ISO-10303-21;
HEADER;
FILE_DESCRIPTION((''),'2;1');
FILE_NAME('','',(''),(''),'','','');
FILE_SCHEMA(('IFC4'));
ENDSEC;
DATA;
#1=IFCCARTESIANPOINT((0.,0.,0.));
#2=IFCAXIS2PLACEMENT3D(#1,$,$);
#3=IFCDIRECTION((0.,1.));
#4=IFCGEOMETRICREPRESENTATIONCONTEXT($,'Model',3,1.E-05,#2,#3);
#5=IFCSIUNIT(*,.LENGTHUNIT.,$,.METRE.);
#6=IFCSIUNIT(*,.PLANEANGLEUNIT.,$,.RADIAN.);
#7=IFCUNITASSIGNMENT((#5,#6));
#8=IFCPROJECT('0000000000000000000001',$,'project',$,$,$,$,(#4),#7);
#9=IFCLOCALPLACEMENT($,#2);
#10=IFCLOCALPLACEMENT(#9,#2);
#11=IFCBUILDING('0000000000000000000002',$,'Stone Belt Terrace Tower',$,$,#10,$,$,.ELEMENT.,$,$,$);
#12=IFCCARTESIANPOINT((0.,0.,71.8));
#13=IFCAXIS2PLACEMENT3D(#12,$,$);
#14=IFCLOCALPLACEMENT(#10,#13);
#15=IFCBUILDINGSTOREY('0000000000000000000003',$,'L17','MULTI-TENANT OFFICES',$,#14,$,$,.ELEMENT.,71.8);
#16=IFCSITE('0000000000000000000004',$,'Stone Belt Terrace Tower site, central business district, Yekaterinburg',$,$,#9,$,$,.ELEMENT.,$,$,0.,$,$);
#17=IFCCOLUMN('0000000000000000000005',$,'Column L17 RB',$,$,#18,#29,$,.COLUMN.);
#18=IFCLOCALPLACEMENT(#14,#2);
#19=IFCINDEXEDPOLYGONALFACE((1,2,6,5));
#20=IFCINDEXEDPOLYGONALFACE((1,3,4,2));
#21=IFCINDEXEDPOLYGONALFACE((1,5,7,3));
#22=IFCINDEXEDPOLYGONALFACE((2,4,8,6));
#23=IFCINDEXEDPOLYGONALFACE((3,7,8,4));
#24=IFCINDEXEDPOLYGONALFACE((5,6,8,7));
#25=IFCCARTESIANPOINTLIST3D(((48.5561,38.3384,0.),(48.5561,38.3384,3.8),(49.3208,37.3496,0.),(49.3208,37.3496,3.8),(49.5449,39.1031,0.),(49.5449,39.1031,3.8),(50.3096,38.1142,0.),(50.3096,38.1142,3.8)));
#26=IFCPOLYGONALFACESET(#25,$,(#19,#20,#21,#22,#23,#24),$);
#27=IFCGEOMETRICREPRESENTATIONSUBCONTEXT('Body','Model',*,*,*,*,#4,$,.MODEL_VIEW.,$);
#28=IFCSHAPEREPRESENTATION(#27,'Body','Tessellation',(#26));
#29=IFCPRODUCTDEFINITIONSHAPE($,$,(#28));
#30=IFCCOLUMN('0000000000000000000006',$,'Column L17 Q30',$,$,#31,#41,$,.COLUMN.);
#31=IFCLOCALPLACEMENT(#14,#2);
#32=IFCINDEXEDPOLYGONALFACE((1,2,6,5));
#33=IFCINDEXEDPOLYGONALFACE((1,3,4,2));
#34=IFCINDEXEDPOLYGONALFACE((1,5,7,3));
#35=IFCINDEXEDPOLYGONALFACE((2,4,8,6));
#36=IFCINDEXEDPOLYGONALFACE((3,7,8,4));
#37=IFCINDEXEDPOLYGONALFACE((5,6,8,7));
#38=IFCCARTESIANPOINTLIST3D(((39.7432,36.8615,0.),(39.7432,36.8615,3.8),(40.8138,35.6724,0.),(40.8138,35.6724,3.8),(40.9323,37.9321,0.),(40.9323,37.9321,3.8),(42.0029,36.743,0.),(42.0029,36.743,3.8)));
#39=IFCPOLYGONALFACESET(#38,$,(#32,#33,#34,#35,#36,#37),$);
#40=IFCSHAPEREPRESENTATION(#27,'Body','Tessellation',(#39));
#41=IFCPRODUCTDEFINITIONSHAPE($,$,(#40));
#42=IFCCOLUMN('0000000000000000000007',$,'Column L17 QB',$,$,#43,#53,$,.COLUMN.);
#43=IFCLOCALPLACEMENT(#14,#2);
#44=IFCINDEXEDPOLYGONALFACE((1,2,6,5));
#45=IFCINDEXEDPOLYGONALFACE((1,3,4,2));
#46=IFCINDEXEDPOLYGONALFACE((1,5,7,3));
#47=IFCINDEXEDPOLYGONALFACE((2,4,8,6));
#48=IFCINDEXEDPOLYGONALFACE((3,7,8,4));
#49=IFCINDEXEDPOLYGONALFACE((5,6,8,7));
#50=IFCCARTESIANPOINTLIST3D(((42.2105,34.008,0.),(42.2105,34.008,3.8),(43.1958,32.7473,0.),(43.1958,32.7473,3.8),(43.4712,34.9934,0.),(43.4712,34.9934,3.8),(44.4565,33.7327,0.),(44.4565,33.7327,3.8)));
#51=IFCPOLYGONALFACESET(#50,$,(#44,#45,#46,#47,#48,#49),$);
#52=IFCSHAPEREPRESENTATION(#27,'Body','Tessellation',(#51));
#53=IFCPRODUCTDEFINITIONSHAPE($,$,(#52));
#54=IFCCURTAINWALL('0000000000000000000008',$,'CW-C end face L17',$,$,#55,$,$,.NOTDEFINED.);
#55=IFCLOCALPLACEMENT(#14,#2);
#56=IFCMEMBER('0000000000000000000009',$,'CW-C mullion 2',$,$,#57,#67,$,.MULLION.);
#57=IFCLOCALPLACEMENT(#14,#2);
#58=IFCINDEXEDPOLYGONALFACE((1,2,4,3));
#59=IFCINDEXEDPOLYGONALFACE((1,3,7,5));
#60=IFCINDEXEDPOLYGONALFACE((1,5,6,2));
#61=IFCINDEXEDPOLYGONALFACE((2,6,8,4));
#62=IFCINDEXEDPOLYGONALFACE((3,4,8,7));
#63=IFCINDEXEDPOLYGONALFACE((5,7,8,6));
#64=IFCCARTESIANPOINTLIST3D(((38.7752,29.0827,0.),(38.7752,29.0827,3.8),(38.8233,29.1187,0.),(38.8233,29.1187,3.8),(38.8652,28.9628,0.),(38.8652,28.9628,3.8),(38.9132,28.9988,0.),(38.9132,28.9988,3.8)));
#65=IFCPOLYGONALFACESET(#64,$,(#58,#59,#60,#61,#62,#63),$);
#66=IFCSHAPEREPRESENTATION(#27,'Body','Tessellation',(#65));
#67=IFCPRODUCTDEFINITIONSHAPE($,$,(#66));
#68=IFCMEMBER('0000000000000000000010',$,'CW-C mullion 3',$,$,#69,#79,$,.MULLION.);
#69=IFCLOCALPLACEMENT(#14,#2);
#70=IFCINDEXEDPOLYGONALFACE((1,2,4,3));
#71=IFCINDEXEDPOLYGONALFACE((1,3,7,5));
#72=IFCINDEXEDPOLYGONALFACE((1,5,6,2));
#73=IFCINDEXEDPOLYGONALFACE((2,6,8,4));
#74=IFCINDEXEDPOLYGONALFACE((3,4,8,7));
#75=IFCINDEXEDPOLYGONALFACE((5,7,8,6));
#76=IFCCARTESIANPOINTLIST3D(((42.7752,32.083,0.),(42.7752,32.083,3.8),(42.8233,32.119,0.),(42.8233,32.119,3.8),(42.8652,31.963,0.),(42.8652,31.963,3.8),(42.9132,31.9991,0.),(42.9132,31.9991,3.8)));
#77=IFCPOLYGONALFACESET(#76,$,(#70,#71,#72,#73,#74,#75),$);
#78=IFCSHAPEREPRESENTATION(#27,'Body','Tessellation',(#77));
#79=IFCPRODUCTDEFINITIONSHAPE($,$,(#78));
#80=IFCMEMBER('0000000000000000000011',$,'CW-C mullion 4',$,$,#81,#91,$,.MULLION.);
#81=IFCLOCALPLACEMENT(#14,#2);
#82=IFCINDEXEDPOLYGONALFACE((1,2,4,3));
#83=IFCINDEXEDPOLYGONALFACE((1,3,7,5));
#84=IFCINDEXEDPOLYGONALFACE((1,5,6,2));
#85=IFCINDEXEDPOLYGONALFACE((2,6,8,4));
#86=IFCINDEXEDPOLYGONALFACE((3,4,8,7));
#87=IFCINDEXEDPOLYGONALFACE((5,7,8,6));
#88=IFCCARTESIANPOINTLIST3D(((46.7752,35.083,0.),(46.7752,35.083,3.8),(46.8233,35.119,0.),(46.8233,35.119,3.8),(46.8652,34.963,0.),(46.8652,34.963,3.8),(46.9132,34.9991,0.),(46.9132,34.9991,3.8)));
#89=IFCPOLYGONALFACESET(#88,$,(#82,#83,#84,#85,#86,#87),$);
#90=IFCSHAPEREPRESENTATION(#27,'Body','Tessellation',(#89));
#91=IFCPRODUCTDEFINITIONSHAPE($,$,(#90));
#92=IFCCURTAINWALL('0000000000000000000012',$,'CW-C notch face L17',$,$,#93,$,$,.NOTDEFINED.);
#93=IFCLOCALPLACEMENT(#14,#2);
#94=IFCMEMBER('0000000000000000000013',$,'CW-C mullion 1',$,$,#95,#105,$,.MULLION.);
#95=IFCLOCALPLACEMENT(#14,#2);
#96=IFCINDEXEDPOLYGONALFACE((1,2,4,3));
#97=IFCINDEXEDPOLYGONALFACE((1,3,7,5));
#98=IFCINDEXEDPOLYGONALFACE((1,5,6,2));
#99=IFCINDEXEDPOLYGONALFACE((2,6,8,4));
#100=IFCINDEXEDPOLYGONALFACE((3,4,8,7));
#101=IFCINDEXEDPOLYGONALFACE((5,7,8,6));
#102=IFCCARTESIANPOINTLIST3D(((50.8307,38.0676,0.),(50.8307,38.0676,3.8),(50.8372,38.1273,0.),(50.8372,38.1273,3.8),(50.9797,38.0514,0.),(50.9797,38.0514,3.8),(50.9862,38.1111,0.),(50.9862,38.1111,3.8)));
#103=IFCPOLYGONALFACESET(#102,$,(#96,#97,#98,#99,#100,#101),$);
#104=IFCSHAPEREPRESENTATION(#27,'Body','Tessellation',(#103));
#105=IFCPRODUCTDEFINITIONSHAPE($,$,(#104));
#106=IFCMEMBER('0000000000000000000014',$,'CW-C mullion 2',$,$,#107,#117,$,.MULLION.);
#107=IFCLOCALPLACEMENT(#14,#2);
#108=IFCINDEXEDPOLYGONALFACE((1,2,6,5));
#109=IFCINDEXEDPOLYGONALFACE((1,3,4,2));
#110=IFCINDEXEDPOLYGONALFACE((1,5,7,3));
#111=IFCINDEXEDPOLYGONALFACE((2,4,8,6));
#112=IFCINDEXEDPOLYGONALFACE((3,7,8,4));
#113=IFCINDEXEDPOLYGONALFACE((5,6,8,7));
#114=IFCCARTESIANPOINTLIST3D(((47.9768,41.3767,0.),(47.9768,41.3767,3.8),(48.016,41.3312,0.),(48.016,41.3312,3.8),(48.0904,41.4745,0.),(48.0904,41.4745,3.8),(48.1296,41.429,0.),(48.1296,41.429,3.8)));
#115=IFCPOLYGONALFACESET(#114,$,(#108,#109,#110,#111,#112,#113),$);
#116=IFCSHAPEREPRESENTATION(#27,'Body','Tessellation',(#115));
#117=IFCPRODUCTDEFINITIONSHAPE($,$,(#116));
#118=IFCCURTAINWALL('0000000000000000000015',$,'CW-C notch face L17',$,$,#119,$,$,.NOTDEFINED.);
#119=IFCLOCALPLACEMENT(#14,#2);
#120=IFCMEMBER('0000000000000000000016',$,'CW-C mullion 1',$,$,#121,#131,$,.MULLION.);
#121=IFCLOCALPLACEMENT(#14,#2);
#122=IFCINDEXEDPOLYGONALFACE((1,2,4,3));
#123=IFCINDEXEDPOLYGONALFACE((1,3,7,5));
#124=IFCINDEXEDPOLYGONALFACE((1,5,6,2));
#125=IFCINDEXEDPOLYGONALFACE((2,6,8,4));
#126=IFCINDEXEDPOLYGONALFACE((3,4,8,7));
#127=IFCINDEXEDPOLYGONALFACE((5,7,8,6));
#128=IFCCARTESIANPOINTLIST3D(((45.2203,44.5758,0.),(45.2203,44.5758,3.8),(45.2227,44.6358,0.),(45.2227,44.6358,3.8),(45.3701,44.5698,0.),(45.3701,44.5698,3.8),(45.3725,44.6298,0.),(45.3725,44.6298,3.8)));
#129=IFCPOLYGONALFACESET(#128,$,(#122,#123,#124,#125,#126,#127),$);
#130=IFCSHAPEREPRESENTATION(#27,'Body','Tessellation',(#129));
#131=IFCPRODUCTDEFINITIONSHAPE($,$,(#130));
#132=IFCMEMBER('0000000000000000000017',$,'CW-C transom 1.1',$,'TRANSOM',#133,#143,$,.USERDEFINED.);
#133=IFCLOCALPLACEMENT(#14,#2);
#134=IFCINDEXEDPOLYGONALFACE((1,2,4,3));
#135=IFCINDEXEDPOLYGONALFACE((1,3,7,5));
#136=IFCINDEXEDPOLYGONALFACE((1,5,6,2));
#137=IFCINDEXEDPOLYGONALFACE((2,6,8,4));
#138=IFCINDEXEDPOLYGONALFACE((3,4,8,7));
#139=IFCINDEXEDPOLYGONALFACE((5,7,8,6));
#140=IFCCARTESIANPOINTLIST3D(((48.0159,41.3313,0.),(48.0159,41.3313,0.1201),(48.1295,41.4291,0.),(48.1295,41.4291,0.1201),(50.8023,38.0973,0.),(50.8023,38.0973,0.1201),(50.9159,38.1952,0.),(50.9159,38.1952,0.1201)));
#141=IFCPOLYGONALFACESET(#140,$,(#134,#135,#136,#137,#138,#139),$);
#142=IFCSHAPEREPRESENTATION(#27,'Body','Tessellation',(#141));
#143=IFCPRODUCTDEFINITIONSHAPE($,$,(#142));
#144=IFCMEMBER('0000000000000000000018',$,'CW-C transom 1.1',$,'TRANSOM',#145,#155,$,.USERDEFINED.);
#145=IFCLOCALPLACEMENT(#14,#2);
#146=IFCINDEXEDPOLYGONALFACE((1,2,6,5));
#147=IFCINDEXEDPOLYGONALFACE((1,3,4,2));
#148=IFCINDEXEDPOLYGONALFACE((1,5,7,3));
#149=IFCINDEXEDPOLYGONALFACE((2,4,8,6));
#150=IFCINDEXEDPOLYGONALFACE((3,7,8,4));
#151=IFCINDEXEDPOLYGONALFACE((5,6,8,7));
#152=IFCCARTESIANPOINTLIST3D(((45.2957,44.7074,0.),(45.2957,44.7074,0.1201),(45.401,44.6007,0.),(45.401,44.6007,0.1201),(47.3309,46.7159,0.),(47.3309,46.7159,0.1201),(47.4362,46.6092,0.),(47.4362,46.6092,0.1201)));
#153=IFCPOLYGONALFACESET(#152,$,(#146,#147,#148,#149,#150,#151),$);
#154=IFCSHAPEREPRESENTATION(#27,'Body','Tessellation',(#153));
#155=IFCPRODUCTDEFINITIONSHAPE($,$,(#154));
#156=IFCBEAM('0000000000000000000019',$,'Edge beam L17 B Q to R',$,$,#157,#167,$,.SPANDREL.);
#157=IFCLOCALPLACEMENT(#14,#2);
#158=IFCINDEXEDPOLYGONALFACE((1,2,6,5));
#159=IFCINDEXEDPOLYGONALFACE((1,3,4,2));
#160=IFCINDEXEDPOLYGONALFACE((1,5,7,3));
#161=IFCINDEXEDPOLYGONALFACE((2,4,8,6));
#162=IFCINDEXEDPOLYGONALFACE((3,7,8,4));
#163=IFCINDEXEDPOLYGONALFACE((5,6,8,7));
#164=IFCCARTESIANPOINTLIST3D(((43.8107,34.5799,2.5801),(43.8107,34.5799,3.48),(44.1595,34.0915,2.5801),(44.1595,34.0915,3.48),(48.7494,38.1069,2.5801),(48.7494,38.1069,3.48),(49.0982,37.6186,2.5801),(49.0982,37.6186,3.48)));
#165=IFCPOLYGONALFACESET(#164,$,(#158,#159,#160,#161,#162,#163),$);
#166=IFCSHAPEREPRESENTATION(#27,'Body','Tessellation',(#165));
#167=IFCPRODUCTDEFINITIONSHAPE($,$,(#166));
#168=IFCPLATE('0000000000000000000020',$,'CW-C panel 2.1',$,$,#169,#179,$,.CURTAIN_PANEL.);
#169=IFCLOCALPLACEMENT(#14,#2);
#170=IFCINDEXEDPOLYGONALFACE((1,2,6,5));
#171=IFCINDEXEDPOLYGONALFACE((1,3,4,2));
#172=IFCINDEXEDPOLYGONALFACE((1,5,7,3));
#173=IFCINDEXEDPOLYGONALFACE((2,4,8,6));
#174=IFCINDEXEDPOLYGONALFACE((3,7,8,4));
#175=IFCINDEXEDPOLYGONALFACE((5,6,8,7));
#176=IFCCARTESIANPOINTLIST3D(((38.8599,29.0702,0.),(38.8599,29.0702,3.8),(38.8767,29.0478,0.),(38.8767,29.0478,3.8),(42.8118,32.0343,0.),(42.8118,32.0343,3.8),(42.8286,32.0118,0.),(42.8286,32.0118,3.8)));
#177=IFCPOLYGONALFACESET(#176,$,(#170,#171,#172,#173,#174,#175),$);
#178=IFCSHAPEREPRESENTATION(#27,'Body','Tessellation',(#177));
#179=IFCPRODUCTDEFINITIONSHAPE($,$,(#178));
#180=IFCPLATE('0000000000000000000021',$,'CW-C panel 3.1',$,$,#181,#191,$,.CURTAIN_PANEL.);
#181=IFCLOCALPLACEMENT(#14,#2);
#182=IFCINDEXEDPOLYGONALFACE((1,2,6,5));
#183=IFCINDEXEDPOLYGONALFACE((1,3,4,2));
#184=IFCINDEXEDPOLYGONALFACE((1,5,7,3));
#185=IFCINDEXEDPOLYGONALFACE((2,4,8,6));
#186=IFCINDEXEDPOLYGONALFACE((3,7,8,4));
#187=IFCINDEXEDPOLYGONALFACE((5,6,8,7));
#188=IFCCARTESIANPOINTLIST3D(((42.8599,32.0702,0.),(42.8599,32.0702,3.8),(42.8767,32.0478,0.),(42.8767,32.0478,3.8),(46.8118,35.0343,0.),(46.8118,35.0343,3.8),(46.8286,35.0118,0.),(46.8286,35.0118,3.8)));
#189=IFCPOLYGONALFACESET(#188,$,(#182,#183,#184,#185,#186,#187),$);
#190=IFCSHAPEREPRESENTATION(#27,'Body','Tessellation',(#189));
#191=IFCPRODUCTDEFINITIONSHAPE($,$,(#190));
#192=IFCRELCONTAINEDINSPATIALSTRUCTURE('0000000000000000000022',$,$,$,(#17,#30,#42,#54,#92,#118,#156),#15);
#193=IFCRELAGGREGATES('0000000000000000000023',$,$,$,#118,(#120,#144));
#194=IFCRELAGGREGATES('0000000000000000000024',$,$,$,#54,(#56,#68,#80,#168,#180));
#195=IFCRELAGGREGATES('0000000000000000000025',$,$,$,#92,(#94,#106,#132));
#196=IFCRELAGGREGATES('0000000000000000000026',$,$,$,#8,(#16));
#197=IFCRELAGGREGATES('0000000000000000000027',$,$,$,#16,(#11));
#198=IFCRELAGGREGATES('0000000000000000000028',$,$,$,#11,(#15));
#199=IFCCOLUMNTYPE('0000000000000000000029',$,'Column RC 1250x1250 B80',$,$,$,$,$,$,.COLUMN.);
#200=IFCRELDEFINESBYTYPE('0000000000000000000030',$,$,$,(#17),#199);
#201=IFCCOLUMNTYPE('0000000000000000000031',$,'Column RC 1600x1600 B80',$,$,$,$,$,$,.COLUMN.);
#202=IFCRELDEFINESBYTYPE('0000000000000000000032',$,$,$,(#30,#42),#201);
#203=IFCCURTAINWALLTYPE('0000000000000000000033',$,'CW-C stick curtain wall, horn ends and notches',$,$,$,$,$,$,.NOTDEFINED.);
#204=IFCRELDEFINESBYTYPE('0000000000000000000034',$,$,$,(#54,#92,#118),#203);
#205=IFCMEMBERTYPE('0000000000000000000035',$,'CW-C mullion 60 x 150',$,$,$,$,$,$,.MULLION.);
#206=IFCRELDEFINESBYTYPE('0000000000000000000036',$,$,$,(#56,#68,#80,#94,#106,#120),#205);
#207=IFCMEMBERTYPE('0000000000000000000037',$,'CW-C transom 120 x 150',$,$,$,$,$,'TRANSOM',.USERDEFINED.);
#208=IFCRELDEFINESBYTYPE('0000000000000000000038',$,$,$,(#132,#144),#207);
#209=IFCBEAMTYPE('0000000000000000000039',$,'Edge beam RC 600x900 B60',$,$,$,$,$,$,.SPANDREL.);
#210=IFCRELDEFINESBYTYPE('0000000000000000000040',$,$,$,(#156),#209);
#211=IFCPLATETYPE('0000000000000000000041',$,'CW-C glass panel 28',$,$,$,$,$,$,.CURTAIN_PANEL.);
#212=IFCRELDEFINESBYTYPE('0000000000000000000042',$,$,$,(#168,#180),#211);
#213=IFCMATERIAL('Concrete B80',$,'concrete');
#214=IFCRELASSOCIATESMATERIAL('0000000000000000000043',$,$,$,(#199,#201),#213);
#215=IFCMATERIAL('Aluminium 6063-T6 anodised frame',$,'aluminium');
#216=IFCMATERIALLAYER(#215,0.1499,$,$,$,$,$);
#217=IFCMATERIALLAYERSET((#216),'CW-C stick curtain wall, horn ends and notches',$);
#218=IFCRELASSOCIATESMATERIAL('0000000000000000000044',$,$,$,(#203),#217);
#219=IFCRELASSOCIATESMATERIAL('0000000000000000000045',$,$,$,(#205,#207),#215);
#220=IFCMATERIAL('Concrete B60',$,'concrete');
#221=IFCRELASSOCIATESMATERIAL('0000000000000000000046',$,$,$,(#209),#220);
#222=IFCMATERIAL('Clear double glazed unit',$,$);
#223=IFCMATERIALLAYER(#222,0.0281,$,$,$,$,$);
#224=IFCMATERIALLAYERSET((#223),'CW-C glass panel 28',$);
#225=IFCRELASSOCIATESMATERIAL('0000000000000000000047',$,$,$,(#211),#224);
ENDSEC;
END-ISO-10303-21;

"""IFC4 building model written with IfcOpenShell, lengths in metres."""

from ifc_helpers import new_model, si_unit, direction, frame, origin, origin_2d, place, context, subcontext, project, spatial, rectangle, extrude, material, layer, layer_set, material_profile, profile_set, type_object, element, aggregate, save


model = new_model("IFC4")

# Units and contexts
model_context = context("Model", 3, precision=1e-05, world=origin(), true_north=direction((0.0, 1.0)))
body_context = subcontext(model_context, "Body", "Model", "MODEL_VIEW")
ifc_project = project(units=[si_unit("LENGTHUNIT", "METRE"), si_unit("PLANEANGLEUNIT", "RADIAN")], contexts=[model_context])

# Site, building, storey
site_placement = place(None, origin())
site = spatial("IfcSite", under=ifc_project, at=site_placement, Name="Stone Belt Terrace Tower site, central business district, Yekaterinburg", CompositionType="ELEMENT", RefElevation=0.0)
building_placement = place(site_placement, origin())
building = spatial("IfcBuilding", under=site, at=building_placement, Name="Stone Belt Terrace Tower", CompositionType="ELEMENT")
storey_placement = place(building_placement, frame((0.0, 0.0, 71.8)))
storey = spatial("IfcBuildingStorey", under=building, at=storey_placement, Name="L17", Description="MULTI-TENANT OFFICES", CompositionType="ELEMENT", Elevation=71.8)

# Columns
ifc_material_1 = material(Name="Concrete B80", Category="concrete")
ifc_material_profile_1 = material_profile(ifc_material_1, rectangle(XDim=1.25, YDim=1.25, at=origin_2d()), Name="RC 1250x1250")
ifc_profile_set_1 = profile_set([ifc_material_profile_1], Name="Concrete B80")
column_type_1 = type_object("IfcColumnType", Name="Column RC 1250x1250 B80", PredefinedType="COLUMN", material=ifc_profile_set_1)
column_placement = place(storey_placement, frame((49.4329, 38.2263, 0.0), z_axis=(0.0, 0.0, 1.0), x_axis=(0.61173, -0.791067, 0.0)))
element("IfcColumn", 1, at=column_placement, inside=storey, type_object=column_type_1, Name="Column L17 RB", PredefinedType="COLUMN", context=body_context, shape_type="SweptSolid", body=[
    extrude(rectangle(XDim=1.25, YDim=1.25, at=origin_2d()), origin(), (0.0, 0.0, 1.0), 3.8),
])
ifc_material_profile_2 = material_profile(ifc_material_1, rectangle(XDim=1.6001, YDim=1.6001, at=origin_2d()), Name="RC 1600x1600")
ifc_profile_set_2 = profile_set([ifc_material_profile_2], Name="Concrete B80")
column_type_2 = type_object("IfcColumnType", Name="Column RC 1600x1600 B80", PredefinedType="COLUMN", material=ifc_profile_set_2)
for number, where, z_axis, x_axis, name in (
    (2, (40.873, 36.8022, 0.0), (0.0, 0.0, 1.0), (0.669131, -0.743145, 0.0), "Column L17 Q30"),
    (3, (43.3335, 33.8704, 0.0), (0.0, 0.0, 1.0), (0.615825, -0.787883, 0.0), "Column L17 QB"),
):
    element("IfcColumn", number, at=place(storey_placement, frame(where, z_axis=z_axis, x_axis=x_axis)), inside=storey, type_object=column_type_2, Name=name, PredefinedType="COLUMN", context=body_context, shape_type="SweptSolid", body=[
        extrude(rectangle(XDim=1.6001, YDim=1.6001, at=origin_2d()), origin(), (0.0, 0.0, 1.0), 3.8),
    ])

# Curtain walls, members
ifc_material_2 = material(Name="Aluminium 6063-T6 anodised frame", Category="aluminium")
ifc_layer_1 = layer(ifc_material_2, 0.1499)
ifc_layer_set_1 = layer_set([ifc_layer_1], Name="CW-C stick curtain wall, horn ends and notches")
curtain_wall_type = type_object("IfcCurtainWallType", Name="CW-C stick curtain wall, horn ends and notches", PredefinedType="NOTDEFINED", material=ifc_layer_set_1)
curtain_wall_1_placement = place(storey_placement, origin())
curtain_wall_1 = element("IfcCurtainWall", 4, at=curtain_wall_1_placement, inside=storey, type_object=curtain_wall_type, Name="CW-C end face L17", PredefinedType="NOTDEFINED")
ifc_material_profile_3 = material_profile(ifc_material_2, rectangle(XDim=0.1499, YDim=0.0601, at=origin_2d()), Name="Aluminium 6063-T6 60x150")
ifc_profile_set_3 = profile_set([ifc_material_profile_3], Name="Aluminium 6063-T6 anodised frame")
member_type_1 = type_object("IfcMemberType", Name="CW-C mullion 60 x 150", PredefinedType="MULLION", material=ifc_profile_set_3)
member_1_placement = place(storey_placement, frame((38.8442, 29.0408, 0.0), z_axis=(0.0, 0.0, 1.0), x_axis=(-0.600018, 0.799987, 0.0)))
member_1 = element("IfcMember", 5, at=member_1_placement, type_object=member_type_1, Name="CW-C mullion 2", PredefinedType="MULLION", context=body_context, shape_type="SweptSolid", body=[
    extrude(rectangle(XDim=0.1499, YDim=0.0601, at=origin_2d()), origin(), (0.0, 0.0, 1.0), 3.8),
])
member_2_placement = place(storey_placement, frame((42.8442, 32.041, 0.0), z_axis=(0.0, 0.0, 1.0), x_axis=(-0.600018, 0.799987, 0.0)))
member_2 = element("IfcMember", 6, at=member_2_placement, type_object=member_type_1, Name="CW-C mullion 3", PredefinedType="MULLION", context=body_context, shape_type="SweptSolid", body=[
    extrude(rectangle(XDim=0.1499, YDim=0.0601, at=origin_2d()), origin(), (0.0, 0.0, 1.0), 3.8),
])
member_3_placement = place(storey_placement, frame((46.8442, 35.041, 0.0), z_axis=(0.0, 0.0, 1.0), x_axis=(-0.600018, 0.799987, 0.0)))
member_3 = element("IfcMember", 7, at=member_3_placement, type_object=member_type_1, Name="CW-C mullion 4", PredefinedType="MULLION", context=body_context, shape_type="SweptSolid", body=[
    extrude(rectangle(XDim=0.1499, YDim=0.0601, at=origin_2d()), origin(), (0.0, 0.0, 1.0), 3.8),
])
curtain_wall_2_placement = place(storey_placement, origin())
curtain_wall_2 = element("IfcCurtainWall", 8, at=curtain_wall_2_placement, inside=storey, type_object=curtain_wall_type, Name="CW-C notch face L17", PredefinedType="NOTDEFINED")
member_4_placement = place(storey_placement, frame((50.9084, 38.0894, 0.0), z_axis=(0.0, 0.0, 1.0), x_axis=(-0.994169, 0.10783, 0.0)))
member_4 = element("IfcMember", 9, at=member_4_placement, type_object=member_type_1, Name="CW-C mullion 1", PredefinedType="MULLION", context=body_context, shape_type="SweptSolid", body=[
    extrude(rectangle(XDim=0.1499, YDim=0.0601, at=origin_2d()), origin(), (0.0, 0.0, 1.0), 3.8),
])
member_5_placement = place(storey_placement, frame((48.0532, 41.4028, 0.0), z_axis=(0.0, 0.0, 1.0), x_axis=(-0.757584, -0.652738, 0.0)))
member_5 = element("IfcMember", 10, at=member_5_placement, type_object=member_type_1, Name="CW-C mullion 2", PredefinedType="MULLION", context=body_context, shape_type="SweptSolid", body=[
    extrude(rectangle(XDim=0.1499, YDim=0.0601, at=origin_2d()), origin(), (0.0, 0.0, 1.0), 3.8),
])

# Curtain wall, member
curtain_wall_3_placement = place(storey_placement, origin())
curtain_wall_3 = element("IfcCurtainWall", 11, at=curtain_wall_3_placement, inside=storey, type_object=curtain_wall_type, Name="CW-C notch face L17", PredefinedType="NOTDEFINED")
member_6_placement = place(storey_placement, frame((45.2964, 44.6028, 0.0), z_axis=(0.0, 0.0, 1.0), x_axis=(-0.999185, 0.04036, 0.0)))
member_6 = element("IfcMember", 12, at=member_6_placement, type_object=member_type_1, Name="CW-C mullion 1", PredefinedType="MULLION", context=body_context, shape_type="SweptSolid", body=[
    extrude(rectangle(XDim=0.1499, YDim=0.0601, at=origin_2d()), origin(), (0.0, 0.0, 1.0), 3.8),
])

# Members
ifc_material_profile_4 = material_profile(ifc_material_2, rectangle(XDim=0.1499, YDim=0.1201, at=origin_2d()), Name="Aluminium 6063-T6 150x120")
ifc_profile_set_4 = profile_set([ifc_material_profile_4], Name="Aluminium 6063-T6 anodised frame")
member_type_2 = type_object("IfcMemberType", Name="CW-C transom 120 x 150", ElementType="TRANSOM", PredefinedType="USERDEFINED", material=ifc_profile_set_4)
member_7_placement = place(storey_placement, frame((50.8591, 38.1462, 0.0601), z_axis=(-0.652744, 0.757579, 0.0), x_axis=(-0.757579, -0.652744, 0.0)))
member_7 = element("IfcMember", 13, at=member_7_placement, type_object=member_type_2, Name="CW-C transom 1.1", ObjectType="TRANSOM", PredefinedType="USERDEFINED", context=body_context, shape_type="SweptSolid", body=[
    extrude(rectangle(XDim=0.1499, YDim=0.1201, at=origin_2d()), origin(), (0.0, 0.0, 1.0), 4.2688),
])
member_8_placement = place(storey_placement, frame((45.3484, 44.6541, 0.0601), z_axis=(0.711745, 0.702438, 0.0), x_axis=(-0.702438, 0.711745, 0.0)))
member_8 = element("IfcMember", 14, at=member_8_placement, type_object=member_type_2, Name="CW-C transom 1.1", ObjectType="TRANSOM", PredefinedType="USERDEFINED", context=body_context, shape_type="SweptSolid", body=[
    extrude(rectangle(XDim=0.1499, YDim=0.1201, at=origin_2d()), origin(), (0.0, 0.0, 1.0), 2.8594),
])
aggregate(curtain_wall_3, [member_6, member_8])

# Beam
ifc_material_3 = material(Name="Concrete B60", Category="concrete")
ifc_material_profile_5 = material_profile(ifc_material_3, rectangle(XDim=0.6001, YDim=0.8999, at=origin_2d()), Name="RC 600x900")
ifc_profile_set_5 = profile_set([ifc_material_profile_5], Name="Concrete B60")
beam_type = type_object("IfcBeamType", Name="Edge beam RC 600x900 B60", PredefinedType="SPANDREL", material=ifc_profile_set_5)
beam_placement = place(storey_placement, frame((43.9851, 34.3357, 3.03), z_axis=(0.813777, 0.581177, 0.0), x_axis=(-0.581177, 0.813777, 0.0)))
element("IfcBeam", 15, at=beam_placement, inside=storey, type_object=beam_type, Name="Edge beam L17 B Q to R", PredefinedType="SPANDREL", context=body_context, shape_type="SweptSolid", body=[
    extrude(rectangle(XDim=0.6001, YDim=0.8999, at=origin_2d()), origin(), (0.0, 0.0, 1.0), 6.0688),
])

# Plates
ifc_material_4 = material(Name="Clear double glazed unit")
ifc_layer_2 = layer(ifc_material_4, 0.0281)
ifc_layer_set_2 = layer_set([ifc_layer_2], Name="CW-C glass panel 28")
plate_type = type_object("IfcPlateType", Name="CW-C glass panel 28", PredefinedType="CURTAIN_PANEL", material=ifc_layer_set_2)
plate_1_placement = place(storey_placement, frame((40.8442, 30.541, 0.0), z_axis=(0.0, 0.0, 1.0), x_axis=(0.799987, 0.600018, 0.0)))
plate_1 = element("IfcPlate", 16, at=plate_1_placement, type_object=plate_type, Name="CW-C panel 2.1", PredefinedType="CURTAIN_PANEL", context=body_context, shape_type="SweptSolid", body=[
    extrude(rectangle(XDim=4.9399, YDim=0.0281, at=origin_2d()), origin(), (0.0, 0.0, 1.0), 3.8),
])
plate_2_placement = place(storey_placement, frame((44.8442, 33.541, 0.0), z_axis=(0.0, 0.0, 1.0), x_axis=(0.799987, 0.600018, 0.0)))
plate_2 = element("IfcPlate", 17, at=plate_2_placement, type_object=plate_type, Name="CW-C panel 3.1", PredefinedType="CURTAIN_PANEL", context=body_context, shape_type="SweptSolid", body=[
    extrude(rectangle(XDim=4.9399, YDim=0.0281, at=origin_2d()), origin(), (0.0, 0.0, 1.0), 3.8),
])
aggregate(curtain_wall_1, [member_1, member_2, member_3, plate_1, plate_2])
aggregate(curtain_wall_2, [member_4, member_5, member_7])

save(model, "model.ifc")
